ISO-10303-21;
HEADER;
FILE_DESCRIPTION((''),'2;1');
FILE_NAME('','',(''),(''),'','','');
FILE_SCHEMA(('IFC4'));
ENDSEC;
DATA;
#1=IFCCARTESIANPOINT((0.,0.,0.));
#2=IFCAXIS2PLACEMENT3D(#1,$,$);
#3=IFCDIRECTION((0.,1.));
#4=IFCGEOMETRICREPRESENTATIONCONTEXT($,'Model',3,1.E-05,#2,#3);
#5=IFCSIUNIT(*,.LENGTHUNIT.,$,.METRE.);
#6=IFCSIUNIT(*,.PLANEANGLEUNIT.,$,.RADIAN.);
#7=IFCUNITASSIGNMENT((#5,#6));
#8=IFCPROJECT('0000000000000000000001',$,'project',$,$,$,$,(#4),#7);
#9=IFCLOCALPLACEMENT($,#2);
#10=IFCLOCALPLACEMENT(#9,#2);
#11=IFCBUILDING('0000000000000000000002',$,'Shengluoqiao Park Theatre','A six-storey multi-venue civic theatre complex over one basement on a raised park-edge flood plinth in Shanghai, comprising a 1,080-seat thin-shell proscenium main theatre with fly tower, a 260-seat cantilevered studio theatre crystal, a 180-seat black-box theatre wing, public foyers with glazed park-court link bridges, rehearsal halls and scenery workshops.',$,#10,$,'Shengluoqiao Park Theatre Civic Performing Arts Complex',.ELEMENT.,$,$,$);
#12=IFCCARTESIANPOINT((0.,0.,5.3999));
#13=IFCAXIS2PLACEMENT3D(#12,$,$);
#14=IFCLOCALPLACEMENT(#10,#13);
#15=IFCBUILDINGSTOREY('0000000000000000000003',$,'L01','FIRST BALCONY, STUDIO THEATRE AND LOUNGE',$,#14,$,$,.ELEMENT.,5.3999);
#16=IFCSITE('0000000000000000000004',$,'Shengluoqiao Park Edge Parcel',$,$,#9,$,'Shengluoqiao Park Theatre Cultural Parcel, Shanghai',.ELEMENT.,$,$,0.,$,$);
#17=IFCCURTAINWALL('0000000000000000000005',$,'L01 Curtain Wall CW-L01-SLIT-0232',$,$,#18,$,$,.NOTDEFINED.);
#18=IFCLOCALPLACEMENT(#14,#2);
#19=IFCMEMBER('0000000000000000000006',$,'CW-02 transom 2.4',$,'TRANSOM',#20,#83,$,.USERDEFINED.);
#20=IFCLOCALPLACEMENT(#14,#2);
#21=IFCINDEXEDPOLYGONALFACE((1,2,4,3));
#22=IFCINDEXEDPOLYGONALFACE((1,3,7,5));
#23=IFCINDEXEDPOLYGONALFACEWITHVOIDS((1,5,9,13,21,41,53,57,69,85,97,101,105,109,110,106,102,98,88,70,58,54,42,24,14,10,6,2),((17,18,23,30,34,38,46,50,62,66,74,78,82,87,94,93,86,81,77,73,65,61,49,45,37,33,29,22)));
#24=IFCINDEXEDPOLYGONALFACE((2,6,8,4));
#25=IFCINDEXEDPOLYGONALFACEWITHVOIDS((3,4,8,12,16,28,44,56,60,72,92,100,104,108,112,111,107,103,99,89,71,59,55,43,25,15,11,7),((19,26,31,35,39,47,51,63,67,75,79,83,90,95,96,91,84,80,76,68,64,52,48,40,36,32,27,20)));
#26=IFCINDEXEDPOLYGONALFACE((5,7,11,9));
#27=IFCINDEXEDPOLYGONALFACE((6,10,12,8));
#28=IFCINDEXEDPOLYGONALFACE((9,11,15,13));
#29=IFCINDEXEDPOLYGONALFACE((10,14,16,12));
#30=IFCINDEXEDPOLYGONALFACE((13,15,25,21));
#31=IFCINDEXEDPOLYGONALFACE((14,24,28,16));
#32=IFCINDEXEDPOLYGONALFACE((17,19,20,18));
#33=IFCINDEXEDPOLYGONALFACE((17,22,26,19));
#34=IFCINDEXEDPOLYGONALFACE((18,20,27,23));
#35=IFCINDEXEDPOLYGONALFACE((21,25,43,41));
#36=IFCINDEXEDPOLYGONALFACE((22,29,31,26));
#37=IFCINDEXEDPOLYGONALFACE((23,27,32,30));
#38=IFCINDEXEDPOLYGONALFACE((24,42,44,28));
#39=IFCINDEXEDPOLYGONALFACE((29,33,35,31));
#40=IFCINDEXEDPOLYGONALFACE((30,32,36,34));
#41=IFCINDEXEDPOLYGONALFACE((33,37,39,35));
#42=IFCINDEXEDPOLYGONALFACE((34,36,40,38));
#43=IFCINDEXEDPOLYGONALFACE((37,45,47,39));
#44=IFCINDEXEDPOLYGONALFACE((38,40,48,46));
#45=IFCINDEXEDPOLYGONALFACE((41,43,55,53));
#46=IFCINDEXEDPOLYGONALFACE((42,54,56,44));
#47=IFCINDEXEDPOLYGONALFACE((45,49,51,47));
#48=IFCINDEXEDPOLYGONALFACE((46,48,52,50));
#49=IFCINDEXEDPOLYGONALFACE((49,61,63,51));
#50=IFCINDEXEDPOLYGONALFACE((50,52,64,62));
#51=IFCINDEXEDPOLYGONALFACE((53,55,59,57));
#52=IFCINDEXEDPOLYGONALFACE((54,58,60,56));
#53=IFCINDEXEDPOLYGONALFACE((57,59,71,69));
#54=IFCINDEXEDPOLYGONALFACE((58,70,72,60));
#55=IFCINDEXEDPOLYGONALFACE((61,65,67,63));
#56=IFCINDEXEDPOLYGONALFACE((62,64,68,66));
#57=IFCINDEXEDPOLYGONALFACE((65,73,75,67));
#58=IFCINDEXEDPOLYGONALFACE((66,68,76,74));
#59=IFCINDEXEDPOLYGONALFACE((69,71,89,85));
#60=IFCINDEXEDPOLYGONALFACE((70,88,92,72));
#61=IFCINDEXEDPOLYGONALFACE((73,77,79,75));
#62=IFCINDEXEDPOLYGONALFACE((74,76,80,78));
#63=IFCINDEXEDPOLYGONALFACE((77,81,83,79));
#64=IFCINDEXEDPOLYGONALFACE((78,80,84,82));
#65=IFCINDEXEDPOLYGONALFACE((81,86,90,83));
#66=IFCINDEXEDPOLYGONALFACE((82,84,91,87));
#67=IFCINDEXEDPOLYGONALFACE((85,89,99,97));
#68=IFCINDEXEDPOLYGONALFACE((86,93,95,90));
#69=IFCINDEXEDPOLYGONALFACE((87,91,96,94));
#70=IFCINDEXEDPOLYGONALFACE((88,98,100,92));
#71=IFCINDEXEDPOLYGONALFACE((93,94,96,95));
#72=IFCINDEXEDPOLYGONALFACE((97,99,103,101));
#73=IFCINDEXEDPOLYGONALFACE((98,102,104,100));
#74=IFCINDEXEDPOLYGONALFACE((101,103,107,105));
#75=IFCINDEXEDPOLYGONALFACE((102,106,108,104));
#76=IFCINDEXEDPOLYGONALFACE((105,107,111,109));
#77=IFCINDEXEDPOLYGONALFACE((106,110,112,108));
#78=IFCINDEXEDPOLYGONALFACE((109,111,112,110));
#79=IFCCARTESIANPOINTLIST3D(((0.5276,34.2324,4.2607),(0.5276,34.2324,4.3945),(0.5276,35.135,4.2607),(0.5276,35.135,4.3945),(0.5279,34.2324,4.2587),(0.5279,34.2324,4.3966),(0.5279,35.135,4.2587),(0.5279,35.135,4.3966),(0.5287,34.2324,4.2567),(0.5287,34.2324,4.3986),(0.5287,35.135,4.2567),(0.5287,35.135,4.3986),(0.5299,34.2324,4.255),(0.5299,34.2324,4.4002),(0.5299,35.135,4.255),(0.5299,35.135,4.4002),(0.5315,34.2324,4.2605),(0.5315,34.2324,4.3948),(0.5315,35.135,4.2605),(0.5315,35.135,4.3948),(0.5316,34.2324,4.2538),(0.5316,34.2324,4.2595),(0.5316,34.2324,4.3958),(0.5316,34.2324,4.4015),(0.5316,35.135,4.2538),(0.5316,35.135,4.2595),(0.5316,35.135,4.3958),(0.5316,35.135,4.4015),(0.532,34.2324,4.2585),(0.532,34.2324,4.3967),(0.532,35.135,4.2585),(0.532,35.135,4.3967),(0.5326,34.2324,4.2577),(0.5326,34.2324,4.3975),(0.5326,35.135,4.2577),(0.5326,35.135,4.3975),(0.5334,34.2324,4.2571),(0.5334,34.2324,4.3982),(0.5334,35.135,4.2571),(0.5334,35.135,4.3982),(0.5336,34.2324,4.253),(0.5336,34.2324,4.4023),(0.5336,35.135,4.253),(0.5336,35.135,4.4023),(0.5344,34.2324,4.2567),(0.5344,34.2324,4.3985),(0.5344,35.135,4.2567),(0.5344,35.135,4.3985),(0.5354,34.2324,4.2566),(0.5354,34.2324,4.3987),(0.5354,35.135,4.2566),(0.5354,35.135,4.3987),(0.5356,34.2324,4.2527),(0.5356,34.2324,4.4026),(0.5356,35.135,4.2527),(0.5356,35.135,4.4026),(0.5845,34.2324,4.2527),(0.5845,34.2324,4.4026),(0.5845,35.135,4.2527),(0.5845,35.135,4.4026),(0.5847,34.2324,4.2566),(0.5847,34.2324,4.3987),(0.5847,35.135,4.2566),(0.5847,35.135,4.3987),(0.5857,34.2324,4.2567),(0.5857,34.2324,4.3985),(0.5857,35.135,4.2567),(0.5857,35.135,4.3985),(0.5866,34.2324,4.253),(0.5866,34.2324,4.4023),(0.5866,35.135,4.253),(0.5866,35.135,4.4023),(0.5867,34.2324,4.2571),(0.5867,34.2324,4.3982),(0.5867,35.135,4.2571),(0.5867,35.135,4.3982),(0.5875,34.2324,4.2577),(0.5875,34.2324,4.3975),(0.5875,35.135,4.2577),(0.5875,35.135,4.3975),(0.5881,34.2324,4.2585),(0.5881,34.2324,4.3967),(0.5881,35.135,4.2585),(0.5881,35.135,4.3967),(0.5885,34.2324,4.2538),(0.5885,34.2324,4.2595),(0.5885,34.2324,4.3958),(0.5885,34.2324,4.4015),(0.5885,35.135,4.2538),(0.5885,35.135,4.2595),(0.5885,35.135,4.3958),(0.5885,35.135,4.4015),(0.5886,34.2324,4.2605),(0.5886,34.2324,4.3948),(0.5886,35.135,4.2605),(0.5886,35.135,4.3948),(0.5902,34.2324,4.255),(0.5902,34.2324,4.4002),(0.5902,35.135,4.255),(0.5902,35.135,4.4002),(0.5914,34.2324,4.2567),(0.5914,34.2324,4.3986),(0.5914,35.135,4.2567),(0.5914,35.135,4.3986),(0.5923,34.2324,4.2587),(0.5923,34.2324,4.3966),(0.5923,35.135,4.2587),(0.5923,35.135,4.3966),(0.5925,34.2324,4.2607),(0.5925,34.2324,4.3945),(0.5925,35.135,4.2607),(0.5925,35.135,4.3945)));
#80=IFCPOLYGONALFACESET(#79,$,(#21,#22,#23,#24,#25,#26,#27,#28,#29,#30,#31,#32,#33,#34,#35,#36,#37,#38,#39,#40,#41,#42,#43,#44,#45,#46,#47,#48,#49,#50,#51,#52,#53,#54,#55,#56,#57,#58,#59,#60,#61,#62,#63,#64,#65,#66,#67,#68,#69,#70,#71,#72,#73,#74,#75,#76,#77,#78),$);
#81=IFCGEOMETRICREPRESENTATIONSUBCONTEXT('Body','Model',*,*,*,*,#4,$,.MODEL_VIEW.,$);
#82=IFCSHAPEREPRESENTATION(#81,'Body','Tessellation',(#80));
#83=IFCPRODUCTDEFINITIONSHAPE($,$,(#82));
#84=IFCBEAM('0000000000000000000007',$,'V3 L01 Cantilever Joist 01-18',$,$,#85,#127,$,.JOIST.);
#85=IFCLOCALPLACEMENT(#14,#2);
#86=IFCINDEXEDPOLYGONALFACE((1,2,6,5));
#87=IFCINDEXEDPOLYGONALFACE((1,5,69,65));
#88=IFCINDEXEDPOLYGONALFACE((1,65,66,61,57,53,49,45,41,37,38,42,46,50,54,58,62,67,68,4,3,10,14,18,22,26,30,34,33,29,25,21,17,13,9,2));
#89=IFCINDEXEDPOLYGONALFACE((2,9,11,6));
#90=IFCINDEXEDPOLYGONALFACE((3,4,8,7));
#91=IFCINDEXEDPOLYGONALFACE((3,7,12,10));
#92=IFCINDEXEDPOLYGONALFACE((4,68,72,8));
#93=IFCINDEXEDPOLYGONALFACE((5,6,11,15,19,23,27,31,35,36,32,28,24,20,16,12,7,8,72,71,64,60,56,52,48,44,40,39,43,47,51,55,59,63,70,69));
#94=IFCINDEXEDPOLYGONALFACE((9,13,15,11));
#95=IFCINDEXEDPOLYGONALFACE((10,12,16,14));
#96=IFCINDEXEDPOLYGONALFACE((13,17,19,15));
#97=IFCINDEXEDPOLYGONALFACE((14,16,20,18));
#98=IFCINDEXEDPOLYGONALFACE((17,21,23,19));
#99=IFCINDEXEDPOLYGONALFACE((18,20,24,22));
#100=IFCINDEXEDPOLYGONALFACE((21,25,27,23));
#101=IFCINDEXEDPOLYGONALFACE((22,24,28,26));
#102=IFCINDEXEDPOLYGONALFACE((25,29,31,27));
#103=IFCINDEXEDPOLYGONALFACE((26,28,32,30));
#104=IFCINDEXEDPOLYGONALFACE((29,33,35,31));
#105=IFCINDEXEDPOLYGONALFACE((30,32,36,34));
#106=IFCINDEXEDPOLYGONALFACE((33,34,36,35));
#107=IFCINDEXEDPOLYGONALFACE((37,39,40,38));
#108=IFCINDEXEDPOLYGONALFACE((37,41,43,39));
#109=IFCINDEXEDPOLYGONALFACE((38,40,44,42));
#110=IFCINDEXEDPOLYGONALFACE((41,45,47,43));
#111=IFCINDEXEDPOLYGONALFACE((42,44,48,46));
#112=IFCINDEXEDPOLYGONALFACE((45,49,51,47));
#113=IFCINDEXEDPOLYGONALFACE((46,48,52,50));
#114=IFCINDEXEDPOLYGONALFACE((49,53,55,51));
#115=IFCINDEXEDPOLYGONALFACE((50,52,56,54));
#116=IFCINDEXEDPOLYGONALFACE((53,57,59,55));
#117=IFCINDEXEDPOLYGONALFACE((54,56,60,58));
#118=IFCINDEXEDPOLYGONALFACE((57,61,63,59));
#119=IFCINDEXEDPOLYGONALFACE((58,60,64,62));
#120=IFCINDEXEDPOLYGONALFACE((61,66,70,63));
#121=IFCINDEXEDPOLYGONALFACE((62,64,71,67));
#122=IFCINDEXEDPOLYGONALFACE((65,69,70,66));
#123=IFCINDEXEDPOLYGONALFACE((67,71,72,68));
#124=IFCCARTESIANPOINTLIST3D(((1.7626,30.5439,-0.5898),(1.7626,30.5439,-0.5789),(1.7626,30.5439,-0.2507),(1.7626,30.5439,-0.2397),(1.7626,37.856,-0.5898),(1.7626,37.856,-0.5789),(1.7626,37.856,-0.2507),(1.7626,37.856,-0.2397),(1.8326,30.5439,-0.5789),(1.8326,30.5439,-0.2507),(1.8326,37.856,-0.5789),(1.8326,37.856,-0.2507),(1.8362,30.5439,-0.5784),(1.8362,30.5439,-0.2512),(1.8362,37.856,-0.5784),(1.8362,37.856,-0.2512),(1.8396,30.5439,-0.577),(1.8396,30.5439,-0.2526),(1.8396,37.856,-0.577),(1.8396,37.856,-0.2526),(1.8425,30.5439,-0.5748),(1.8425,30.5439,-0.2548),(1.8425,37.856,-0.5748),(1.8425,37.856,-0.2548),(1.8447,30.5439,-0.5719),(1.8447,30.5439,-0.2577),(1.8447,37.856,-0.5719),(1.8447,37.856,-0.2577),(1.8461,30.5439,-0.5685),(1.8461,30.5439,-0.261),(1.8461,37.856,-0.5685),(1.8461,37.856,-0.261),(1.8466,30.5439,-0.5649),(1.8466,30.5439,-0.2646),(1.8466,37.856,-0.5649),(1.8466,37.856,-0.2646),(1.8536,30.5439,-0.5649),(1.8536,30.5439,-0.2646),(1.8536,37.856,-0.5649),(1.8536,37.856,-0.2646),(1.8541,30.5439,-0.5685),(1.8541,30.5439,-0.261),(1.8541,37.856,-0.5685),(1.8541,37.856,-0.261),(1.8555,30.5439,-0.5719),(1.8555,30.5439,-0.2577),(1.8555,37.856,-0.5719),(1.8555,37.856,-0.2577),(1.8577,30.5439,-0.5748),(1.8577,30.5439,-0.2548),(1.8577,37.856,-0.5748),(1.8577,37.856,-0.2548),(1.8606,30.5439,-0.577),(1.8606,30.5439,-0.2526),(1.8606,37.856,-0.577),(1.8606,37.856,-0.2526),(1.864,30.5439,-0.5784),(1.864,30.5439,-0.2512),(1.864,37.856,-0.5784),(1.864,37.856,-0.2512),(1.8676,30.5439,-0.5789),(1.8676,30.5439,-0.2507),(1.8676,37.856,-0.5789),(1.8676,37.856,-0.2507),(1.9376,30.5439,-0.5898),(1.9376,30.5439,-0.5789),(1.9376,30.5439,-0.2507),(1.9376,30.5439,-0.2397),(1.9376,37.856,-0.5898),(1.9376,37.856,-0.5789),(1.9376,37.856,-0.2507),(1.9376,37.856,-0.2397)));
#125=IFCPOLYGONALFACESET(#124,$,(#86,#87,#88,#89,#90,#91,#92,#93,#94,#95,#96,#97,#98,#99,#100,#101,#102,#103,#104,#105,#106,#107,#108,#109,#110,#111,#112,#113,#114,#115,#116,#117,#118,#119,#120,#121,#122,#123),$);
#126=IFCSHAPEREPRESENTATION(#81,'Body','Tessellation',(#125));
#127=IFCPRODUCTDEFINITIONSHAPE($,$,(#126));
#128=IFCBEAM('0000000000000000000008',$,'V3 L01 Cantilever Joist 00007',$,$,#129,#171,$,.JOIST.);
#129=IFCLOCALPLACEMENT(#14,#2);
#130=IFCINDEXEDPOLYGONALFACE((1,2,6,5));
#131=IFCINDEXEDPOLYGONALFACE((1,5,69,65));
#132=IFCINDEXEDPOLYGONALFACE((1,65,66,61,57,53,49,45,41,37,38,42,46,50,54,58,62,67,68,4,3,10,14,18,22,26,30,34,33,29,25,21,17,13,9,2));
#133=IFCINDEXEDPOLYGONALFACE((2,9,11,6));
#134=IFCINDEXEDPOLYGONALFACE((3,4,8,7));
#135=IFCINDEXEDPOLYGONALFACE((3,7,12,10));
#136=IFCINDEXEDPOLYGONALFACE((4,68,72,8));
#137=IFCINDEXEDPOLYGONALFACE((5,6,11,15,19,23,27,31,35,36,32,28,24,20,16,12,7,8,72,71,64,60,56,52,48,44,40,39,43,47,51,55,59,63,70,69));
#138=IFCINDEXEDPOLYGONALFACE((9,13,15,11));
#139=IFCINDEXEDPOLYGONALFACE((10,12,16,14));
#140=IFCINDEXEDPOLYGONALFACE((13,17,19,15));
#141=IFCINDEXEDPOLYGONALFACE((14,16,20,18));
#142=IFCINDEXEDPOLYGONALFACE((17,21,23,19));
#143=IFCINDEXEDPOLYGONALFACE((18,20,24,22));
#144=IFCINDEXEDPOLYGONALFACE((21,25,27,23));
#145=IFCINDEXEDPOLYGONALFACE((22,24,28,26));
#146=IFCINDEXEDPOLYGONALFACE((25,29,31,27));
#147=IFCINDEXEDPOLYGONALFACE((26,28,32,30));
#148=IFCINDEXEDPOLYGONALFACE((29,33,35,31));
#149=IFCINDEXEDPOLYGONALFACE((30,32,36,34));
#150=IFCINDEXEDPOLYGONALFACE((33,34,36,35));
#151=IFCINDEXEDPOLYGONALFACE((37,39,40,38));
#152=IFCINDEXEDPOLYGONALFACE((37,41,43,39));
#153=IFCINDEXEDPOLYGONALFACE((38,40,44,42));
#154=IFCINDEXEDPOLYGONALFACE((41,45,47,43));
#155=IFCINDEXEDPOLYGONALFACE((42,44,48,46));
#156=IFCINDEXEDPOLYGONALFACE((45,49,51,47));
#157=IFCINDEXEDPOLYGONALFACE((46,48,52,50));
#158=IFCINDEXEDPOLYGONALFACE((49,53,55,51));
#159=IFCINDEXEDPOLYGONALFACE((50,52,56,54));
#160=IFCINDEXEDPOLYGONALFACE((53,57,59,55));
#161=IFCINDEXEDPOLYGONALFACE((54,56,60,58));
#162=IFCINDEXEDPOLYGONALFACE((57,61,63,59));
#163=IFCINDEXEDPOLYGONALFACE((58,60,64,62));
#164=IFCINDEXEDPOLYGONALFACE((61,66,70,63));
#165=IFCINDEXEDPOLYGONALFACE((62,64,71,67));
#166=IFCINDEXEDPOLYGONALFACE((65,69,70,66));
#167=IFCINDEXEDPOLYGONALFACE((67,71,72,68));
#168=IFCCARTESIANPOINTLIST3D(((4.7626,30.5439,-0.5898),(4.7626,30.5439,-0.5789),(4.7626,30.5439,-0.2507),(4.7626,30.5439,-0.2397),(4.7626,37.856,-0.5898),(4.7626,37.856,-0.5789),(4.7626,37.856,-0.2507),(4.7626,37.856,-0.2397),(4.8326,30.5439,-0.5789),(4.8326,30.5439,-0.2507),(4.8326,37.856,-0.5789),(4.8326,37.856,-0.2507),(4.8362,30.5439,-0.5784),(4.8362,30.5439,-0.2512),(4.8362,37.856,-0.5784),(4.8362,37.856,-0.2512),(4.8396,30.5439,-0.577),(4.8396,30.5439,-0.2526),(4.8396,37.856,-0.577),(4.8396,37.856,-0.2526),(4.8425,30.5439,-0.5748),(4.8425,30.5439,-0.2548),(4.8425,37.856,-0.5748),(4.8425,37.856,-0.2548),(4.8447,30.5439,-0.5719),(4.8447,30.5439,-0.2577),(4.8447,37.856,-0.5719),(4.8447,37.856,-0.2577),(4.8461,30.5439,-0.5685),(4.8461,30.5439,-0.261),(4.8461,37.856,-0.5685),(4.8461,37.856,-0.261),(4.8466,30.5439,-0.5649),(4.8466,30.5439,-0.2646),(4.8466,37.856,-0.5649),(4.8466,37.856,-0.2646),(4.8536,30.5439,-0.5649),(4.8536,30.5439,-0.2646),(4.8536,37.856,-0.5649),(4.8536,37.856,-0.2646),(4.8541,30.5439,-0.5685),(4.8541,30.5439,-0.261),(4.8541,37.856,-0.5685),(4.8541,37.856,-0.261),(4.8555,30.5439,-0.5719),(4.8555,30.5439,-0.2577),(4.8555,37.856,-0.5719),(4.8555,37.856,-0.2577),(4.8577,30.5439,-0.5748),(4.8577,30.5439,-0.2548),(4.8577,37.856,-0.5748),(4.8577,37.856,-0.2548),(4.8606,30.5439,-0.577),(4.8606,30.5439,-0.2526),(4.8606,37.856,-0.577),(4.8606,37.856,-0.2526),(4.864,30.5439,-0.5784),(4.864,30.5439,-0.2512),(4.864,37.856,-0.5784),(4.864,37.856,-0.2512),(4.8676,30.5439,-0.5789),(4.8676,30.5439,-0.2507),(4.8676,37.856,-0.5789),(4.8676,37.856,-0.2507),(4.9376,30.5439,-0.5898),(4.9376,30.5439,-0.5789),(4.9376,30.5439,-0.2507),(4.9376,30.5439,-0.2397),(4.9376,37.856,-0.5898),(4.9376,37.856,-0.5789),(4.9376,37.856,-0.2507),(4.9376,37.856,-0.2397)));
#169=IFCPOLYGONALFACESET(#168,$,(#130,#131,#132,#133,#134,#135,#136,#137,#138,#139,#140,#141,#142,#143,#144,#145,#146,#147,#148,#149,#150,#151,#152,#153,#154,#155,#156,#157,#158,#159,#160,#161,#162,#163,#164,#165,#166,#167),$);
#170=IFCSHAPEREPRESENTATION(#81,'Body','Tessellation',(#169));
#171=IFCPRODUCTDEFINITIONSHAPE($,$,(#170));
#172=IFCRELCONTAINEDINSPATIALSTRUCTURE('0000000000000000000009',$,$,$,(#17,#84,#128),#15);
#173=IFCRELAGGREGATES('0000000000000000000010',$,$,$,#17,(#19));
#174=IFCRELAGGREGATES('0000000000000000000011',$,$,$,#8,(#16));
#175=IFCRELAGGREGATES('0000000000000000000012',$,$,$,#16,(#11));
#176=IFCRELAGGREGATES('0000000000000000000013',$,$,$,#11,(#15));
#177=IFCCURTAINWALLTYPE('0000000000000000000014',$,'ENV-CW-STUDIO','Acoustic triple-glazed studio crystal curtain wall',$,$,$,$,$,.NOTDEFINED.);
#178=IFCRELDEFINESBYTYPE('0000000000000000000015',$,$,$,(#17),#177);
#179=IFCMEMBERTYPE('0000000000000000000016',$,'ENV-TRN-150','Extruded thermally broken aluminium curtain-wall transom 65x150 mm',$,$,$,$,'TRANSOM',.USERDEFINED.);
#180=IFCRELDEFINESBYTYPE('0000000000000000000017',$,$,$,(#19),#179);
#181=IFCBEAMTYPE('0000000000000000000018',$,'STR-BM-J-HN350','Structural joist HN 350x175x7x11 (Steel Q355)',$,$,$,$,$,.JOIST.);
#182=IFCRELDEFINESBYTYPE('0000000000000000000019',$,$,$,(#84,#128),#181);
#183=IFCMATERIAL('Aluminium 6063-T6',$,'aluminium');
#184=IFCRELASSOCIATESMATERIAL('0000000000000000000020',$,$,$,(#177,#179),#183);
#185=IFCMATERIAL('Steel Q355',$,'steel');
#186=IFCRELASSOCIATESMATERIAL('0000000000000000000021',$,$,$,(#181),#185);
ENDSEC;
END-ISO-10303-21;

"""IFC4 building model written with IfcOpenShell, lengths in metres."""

from ifc_helpers import new_model, si_unit, direction, frame, origin, origin_2d, place, context, subcontext, project, spatial, hollow_rectangle, i_section, extrude, material, material_profile, profile_set, type_object, element, aggregate, save


model = new_model("IFC4")

# Units and contexts
model_context = context("Model", 3, precision=1e-05, world=origin(), true_north=direction((0.0, 1.0)))
body_context = subcontext(model_context, "Body", "Model", "MODEL_VIEW")
ifc_project = project(units=[si_unit("LENGTHUNIT", "METRE"), si_unit("PLANEANGLEUNIT", "RADIAN")], contexts=[model_context])

# Site, building, storey
site_placement = place(None, origin())
site = spatial("IfcSite", under=ifc_project, at=site_placement, Name="Shengluoqiao Park Edge Parcel", LongName="Shengluoqiao Park Theatre Cultural Parcel, Shanghai", CompositionType="ELEMENT", RefElevation=0.0)
building_placement = place(site_placement, origin())
building = spatial("IfcBuilding", under=site, at=building_placement, Name="Shengluoqiao Park Theatre", Description="A six-storey multi-venue civic theatre complex over one basement on a raised park-edge flood plinth in Shanghai, comprising a 1,080-seat thin-shell proscenium main theatre with fly tower, a 260-seat cantilevered studio theatre crystal, a 180-seat black-box theatre wing, public foyers with glazed park-court link bridges, rehearsal halls and scenery workshops.", LongName="Shengluoqiao Park Theatre Civic Performing Arts Complex", CompositionType="ELEMENT")
storey_placement = place(building_placement, frame((0.0, 0.0, 5.3999)))
storey = spatial("IfcBuildingStorey", under=building, at=storey_placement, Name="L01", Description="FIRST BALCONY, STUDIO THEATRE AND LOUNGE", CompositionType="ELEMENT", Elevation=5.3999)

# Curtain wall, member
ifc_material_1 = material(Name="Aluminium 6063-T6", Category="aluminium")
curtain_wall_type = type_object("IfcCurtainWallType", Name="ENV-CW-STUDIO", Description="Acoustic triple-glazed studio crystal curtain wall", PredefinedType="NOTDEFINED", material=ifc_material_1)
curtain_wall_placement = place(storey_placement, origin())
curtain_wall = element("IfcCurtainWall", 1, at=curtain_wall_placement, inside=storey, type_object=curtain_wall_type, Name="L01 Curtain Wall CW-L01-SLIT-0232", PredefinedType="NOTDEFINED")
ifc_material_profile_1 = material_profile(ifc_material_1, hollow_rectangle(XDim=0.0649, YDim=0.1499, WallThickness=0.0039, InnerFilletRadius=0.0039, OuterFilletRadius=0.0081, at=origin_2d()), Name="ALU TRANSOM 150x65x4")
ifc_profile_set_1 = profile_set([ifc_material_profile_1], Name="Aluminium 6063-T6")
member_type_1 = type_object("IfcMemberType", Name="ENV-TRN-150", Description="Extruded thermally broken aluminium curtain-wall transom 65x150 mm", ElementType="TRANSOM", PredefinedType="USERDEFINED", material=ifc_profile_set_1)
member_1_placement = place(storey_placement, frame((0.5601, 34.2324, 4.3276), z_axis=(0.0, 1.0, 0.0), x_axis=(-1.0, 0.0, 0.0)))
member_1 = element("IfcMember", 2, at=member_1_placement, type_object=member_type_1, Name="CW-02 transom 2.4", ObjectType="TRANSOM", PredefinedType="USERDEFINED", context=body_context, shape_type="SweptSolid", body=[
    extrude(hollow_rectangle(XDim=0.0649, YDim=0.1499, WallThickness=0.0039, InnerFilletRadius=0.0039, OuterFilletRadius=0.0081, at=origin_2d()), origin(), (0.0, 0.0, 1.0), 0.9026),
])

# Beams
ifc_material_2 = material(Name="Steel Q355", Category="steel")
ifc_material_profile_2 = material_profile(ifc_material_2, i_section(OverallWidth=0.175, OverallDepth=0.3501, WebThickness=0.0071, FlangeThickness=0.011, FilletRadius=0.0139, at=origin_2d()), Name="HN 350x175x7x11")
ifc_profile_set_2 = profile_set([ifc_material_profile_2], Name="Steel Q355")
beam_type_1 = type_object("IfcBeamType", Name="STR-BM-J-HN350", Description="Structural joist HN 350x175x7x11 (Steel Q355)", PredefinedType="JOIST", material=ifc_profile_set_2)
for number, where, z_axis, x_axis, name in (
    (3, (1.8501, 30.5439, -0.4148), (0.0, 1.0, 0.0), (-1.0, 0.0, 0.0), "V3 L01 Cantilever Joist 01-18"),
    (4, (4.8501, 30.5439, -0.4148), (0.0, 1.0, 0.0), (-1.0, 0.0, 0.0), "V3 L01 Cantilever Joist 00007"),
):
    element("IfcBeam", number, at=place(storey_placement, frame(where, z_axis=z_axis, x_axis=x_axis)), inside=storey, type_object=beam_type_1, Name=name, PredefinedType="JOIST", context=body_context, shape_type="SweptSolid", body=[
        extrude(i_section(OverallWidth=0.175, OverallDepth=0.3501, WebThickness=0.0071, FlangeThickness=0.011, FilletRadius=0.0139, at=origin_2d()), origin(), (0.0, 0.0, 1.0), 7.312),
    ])

aggregate(curtain_wall, [member_1])

save(model, "model.ifc")
